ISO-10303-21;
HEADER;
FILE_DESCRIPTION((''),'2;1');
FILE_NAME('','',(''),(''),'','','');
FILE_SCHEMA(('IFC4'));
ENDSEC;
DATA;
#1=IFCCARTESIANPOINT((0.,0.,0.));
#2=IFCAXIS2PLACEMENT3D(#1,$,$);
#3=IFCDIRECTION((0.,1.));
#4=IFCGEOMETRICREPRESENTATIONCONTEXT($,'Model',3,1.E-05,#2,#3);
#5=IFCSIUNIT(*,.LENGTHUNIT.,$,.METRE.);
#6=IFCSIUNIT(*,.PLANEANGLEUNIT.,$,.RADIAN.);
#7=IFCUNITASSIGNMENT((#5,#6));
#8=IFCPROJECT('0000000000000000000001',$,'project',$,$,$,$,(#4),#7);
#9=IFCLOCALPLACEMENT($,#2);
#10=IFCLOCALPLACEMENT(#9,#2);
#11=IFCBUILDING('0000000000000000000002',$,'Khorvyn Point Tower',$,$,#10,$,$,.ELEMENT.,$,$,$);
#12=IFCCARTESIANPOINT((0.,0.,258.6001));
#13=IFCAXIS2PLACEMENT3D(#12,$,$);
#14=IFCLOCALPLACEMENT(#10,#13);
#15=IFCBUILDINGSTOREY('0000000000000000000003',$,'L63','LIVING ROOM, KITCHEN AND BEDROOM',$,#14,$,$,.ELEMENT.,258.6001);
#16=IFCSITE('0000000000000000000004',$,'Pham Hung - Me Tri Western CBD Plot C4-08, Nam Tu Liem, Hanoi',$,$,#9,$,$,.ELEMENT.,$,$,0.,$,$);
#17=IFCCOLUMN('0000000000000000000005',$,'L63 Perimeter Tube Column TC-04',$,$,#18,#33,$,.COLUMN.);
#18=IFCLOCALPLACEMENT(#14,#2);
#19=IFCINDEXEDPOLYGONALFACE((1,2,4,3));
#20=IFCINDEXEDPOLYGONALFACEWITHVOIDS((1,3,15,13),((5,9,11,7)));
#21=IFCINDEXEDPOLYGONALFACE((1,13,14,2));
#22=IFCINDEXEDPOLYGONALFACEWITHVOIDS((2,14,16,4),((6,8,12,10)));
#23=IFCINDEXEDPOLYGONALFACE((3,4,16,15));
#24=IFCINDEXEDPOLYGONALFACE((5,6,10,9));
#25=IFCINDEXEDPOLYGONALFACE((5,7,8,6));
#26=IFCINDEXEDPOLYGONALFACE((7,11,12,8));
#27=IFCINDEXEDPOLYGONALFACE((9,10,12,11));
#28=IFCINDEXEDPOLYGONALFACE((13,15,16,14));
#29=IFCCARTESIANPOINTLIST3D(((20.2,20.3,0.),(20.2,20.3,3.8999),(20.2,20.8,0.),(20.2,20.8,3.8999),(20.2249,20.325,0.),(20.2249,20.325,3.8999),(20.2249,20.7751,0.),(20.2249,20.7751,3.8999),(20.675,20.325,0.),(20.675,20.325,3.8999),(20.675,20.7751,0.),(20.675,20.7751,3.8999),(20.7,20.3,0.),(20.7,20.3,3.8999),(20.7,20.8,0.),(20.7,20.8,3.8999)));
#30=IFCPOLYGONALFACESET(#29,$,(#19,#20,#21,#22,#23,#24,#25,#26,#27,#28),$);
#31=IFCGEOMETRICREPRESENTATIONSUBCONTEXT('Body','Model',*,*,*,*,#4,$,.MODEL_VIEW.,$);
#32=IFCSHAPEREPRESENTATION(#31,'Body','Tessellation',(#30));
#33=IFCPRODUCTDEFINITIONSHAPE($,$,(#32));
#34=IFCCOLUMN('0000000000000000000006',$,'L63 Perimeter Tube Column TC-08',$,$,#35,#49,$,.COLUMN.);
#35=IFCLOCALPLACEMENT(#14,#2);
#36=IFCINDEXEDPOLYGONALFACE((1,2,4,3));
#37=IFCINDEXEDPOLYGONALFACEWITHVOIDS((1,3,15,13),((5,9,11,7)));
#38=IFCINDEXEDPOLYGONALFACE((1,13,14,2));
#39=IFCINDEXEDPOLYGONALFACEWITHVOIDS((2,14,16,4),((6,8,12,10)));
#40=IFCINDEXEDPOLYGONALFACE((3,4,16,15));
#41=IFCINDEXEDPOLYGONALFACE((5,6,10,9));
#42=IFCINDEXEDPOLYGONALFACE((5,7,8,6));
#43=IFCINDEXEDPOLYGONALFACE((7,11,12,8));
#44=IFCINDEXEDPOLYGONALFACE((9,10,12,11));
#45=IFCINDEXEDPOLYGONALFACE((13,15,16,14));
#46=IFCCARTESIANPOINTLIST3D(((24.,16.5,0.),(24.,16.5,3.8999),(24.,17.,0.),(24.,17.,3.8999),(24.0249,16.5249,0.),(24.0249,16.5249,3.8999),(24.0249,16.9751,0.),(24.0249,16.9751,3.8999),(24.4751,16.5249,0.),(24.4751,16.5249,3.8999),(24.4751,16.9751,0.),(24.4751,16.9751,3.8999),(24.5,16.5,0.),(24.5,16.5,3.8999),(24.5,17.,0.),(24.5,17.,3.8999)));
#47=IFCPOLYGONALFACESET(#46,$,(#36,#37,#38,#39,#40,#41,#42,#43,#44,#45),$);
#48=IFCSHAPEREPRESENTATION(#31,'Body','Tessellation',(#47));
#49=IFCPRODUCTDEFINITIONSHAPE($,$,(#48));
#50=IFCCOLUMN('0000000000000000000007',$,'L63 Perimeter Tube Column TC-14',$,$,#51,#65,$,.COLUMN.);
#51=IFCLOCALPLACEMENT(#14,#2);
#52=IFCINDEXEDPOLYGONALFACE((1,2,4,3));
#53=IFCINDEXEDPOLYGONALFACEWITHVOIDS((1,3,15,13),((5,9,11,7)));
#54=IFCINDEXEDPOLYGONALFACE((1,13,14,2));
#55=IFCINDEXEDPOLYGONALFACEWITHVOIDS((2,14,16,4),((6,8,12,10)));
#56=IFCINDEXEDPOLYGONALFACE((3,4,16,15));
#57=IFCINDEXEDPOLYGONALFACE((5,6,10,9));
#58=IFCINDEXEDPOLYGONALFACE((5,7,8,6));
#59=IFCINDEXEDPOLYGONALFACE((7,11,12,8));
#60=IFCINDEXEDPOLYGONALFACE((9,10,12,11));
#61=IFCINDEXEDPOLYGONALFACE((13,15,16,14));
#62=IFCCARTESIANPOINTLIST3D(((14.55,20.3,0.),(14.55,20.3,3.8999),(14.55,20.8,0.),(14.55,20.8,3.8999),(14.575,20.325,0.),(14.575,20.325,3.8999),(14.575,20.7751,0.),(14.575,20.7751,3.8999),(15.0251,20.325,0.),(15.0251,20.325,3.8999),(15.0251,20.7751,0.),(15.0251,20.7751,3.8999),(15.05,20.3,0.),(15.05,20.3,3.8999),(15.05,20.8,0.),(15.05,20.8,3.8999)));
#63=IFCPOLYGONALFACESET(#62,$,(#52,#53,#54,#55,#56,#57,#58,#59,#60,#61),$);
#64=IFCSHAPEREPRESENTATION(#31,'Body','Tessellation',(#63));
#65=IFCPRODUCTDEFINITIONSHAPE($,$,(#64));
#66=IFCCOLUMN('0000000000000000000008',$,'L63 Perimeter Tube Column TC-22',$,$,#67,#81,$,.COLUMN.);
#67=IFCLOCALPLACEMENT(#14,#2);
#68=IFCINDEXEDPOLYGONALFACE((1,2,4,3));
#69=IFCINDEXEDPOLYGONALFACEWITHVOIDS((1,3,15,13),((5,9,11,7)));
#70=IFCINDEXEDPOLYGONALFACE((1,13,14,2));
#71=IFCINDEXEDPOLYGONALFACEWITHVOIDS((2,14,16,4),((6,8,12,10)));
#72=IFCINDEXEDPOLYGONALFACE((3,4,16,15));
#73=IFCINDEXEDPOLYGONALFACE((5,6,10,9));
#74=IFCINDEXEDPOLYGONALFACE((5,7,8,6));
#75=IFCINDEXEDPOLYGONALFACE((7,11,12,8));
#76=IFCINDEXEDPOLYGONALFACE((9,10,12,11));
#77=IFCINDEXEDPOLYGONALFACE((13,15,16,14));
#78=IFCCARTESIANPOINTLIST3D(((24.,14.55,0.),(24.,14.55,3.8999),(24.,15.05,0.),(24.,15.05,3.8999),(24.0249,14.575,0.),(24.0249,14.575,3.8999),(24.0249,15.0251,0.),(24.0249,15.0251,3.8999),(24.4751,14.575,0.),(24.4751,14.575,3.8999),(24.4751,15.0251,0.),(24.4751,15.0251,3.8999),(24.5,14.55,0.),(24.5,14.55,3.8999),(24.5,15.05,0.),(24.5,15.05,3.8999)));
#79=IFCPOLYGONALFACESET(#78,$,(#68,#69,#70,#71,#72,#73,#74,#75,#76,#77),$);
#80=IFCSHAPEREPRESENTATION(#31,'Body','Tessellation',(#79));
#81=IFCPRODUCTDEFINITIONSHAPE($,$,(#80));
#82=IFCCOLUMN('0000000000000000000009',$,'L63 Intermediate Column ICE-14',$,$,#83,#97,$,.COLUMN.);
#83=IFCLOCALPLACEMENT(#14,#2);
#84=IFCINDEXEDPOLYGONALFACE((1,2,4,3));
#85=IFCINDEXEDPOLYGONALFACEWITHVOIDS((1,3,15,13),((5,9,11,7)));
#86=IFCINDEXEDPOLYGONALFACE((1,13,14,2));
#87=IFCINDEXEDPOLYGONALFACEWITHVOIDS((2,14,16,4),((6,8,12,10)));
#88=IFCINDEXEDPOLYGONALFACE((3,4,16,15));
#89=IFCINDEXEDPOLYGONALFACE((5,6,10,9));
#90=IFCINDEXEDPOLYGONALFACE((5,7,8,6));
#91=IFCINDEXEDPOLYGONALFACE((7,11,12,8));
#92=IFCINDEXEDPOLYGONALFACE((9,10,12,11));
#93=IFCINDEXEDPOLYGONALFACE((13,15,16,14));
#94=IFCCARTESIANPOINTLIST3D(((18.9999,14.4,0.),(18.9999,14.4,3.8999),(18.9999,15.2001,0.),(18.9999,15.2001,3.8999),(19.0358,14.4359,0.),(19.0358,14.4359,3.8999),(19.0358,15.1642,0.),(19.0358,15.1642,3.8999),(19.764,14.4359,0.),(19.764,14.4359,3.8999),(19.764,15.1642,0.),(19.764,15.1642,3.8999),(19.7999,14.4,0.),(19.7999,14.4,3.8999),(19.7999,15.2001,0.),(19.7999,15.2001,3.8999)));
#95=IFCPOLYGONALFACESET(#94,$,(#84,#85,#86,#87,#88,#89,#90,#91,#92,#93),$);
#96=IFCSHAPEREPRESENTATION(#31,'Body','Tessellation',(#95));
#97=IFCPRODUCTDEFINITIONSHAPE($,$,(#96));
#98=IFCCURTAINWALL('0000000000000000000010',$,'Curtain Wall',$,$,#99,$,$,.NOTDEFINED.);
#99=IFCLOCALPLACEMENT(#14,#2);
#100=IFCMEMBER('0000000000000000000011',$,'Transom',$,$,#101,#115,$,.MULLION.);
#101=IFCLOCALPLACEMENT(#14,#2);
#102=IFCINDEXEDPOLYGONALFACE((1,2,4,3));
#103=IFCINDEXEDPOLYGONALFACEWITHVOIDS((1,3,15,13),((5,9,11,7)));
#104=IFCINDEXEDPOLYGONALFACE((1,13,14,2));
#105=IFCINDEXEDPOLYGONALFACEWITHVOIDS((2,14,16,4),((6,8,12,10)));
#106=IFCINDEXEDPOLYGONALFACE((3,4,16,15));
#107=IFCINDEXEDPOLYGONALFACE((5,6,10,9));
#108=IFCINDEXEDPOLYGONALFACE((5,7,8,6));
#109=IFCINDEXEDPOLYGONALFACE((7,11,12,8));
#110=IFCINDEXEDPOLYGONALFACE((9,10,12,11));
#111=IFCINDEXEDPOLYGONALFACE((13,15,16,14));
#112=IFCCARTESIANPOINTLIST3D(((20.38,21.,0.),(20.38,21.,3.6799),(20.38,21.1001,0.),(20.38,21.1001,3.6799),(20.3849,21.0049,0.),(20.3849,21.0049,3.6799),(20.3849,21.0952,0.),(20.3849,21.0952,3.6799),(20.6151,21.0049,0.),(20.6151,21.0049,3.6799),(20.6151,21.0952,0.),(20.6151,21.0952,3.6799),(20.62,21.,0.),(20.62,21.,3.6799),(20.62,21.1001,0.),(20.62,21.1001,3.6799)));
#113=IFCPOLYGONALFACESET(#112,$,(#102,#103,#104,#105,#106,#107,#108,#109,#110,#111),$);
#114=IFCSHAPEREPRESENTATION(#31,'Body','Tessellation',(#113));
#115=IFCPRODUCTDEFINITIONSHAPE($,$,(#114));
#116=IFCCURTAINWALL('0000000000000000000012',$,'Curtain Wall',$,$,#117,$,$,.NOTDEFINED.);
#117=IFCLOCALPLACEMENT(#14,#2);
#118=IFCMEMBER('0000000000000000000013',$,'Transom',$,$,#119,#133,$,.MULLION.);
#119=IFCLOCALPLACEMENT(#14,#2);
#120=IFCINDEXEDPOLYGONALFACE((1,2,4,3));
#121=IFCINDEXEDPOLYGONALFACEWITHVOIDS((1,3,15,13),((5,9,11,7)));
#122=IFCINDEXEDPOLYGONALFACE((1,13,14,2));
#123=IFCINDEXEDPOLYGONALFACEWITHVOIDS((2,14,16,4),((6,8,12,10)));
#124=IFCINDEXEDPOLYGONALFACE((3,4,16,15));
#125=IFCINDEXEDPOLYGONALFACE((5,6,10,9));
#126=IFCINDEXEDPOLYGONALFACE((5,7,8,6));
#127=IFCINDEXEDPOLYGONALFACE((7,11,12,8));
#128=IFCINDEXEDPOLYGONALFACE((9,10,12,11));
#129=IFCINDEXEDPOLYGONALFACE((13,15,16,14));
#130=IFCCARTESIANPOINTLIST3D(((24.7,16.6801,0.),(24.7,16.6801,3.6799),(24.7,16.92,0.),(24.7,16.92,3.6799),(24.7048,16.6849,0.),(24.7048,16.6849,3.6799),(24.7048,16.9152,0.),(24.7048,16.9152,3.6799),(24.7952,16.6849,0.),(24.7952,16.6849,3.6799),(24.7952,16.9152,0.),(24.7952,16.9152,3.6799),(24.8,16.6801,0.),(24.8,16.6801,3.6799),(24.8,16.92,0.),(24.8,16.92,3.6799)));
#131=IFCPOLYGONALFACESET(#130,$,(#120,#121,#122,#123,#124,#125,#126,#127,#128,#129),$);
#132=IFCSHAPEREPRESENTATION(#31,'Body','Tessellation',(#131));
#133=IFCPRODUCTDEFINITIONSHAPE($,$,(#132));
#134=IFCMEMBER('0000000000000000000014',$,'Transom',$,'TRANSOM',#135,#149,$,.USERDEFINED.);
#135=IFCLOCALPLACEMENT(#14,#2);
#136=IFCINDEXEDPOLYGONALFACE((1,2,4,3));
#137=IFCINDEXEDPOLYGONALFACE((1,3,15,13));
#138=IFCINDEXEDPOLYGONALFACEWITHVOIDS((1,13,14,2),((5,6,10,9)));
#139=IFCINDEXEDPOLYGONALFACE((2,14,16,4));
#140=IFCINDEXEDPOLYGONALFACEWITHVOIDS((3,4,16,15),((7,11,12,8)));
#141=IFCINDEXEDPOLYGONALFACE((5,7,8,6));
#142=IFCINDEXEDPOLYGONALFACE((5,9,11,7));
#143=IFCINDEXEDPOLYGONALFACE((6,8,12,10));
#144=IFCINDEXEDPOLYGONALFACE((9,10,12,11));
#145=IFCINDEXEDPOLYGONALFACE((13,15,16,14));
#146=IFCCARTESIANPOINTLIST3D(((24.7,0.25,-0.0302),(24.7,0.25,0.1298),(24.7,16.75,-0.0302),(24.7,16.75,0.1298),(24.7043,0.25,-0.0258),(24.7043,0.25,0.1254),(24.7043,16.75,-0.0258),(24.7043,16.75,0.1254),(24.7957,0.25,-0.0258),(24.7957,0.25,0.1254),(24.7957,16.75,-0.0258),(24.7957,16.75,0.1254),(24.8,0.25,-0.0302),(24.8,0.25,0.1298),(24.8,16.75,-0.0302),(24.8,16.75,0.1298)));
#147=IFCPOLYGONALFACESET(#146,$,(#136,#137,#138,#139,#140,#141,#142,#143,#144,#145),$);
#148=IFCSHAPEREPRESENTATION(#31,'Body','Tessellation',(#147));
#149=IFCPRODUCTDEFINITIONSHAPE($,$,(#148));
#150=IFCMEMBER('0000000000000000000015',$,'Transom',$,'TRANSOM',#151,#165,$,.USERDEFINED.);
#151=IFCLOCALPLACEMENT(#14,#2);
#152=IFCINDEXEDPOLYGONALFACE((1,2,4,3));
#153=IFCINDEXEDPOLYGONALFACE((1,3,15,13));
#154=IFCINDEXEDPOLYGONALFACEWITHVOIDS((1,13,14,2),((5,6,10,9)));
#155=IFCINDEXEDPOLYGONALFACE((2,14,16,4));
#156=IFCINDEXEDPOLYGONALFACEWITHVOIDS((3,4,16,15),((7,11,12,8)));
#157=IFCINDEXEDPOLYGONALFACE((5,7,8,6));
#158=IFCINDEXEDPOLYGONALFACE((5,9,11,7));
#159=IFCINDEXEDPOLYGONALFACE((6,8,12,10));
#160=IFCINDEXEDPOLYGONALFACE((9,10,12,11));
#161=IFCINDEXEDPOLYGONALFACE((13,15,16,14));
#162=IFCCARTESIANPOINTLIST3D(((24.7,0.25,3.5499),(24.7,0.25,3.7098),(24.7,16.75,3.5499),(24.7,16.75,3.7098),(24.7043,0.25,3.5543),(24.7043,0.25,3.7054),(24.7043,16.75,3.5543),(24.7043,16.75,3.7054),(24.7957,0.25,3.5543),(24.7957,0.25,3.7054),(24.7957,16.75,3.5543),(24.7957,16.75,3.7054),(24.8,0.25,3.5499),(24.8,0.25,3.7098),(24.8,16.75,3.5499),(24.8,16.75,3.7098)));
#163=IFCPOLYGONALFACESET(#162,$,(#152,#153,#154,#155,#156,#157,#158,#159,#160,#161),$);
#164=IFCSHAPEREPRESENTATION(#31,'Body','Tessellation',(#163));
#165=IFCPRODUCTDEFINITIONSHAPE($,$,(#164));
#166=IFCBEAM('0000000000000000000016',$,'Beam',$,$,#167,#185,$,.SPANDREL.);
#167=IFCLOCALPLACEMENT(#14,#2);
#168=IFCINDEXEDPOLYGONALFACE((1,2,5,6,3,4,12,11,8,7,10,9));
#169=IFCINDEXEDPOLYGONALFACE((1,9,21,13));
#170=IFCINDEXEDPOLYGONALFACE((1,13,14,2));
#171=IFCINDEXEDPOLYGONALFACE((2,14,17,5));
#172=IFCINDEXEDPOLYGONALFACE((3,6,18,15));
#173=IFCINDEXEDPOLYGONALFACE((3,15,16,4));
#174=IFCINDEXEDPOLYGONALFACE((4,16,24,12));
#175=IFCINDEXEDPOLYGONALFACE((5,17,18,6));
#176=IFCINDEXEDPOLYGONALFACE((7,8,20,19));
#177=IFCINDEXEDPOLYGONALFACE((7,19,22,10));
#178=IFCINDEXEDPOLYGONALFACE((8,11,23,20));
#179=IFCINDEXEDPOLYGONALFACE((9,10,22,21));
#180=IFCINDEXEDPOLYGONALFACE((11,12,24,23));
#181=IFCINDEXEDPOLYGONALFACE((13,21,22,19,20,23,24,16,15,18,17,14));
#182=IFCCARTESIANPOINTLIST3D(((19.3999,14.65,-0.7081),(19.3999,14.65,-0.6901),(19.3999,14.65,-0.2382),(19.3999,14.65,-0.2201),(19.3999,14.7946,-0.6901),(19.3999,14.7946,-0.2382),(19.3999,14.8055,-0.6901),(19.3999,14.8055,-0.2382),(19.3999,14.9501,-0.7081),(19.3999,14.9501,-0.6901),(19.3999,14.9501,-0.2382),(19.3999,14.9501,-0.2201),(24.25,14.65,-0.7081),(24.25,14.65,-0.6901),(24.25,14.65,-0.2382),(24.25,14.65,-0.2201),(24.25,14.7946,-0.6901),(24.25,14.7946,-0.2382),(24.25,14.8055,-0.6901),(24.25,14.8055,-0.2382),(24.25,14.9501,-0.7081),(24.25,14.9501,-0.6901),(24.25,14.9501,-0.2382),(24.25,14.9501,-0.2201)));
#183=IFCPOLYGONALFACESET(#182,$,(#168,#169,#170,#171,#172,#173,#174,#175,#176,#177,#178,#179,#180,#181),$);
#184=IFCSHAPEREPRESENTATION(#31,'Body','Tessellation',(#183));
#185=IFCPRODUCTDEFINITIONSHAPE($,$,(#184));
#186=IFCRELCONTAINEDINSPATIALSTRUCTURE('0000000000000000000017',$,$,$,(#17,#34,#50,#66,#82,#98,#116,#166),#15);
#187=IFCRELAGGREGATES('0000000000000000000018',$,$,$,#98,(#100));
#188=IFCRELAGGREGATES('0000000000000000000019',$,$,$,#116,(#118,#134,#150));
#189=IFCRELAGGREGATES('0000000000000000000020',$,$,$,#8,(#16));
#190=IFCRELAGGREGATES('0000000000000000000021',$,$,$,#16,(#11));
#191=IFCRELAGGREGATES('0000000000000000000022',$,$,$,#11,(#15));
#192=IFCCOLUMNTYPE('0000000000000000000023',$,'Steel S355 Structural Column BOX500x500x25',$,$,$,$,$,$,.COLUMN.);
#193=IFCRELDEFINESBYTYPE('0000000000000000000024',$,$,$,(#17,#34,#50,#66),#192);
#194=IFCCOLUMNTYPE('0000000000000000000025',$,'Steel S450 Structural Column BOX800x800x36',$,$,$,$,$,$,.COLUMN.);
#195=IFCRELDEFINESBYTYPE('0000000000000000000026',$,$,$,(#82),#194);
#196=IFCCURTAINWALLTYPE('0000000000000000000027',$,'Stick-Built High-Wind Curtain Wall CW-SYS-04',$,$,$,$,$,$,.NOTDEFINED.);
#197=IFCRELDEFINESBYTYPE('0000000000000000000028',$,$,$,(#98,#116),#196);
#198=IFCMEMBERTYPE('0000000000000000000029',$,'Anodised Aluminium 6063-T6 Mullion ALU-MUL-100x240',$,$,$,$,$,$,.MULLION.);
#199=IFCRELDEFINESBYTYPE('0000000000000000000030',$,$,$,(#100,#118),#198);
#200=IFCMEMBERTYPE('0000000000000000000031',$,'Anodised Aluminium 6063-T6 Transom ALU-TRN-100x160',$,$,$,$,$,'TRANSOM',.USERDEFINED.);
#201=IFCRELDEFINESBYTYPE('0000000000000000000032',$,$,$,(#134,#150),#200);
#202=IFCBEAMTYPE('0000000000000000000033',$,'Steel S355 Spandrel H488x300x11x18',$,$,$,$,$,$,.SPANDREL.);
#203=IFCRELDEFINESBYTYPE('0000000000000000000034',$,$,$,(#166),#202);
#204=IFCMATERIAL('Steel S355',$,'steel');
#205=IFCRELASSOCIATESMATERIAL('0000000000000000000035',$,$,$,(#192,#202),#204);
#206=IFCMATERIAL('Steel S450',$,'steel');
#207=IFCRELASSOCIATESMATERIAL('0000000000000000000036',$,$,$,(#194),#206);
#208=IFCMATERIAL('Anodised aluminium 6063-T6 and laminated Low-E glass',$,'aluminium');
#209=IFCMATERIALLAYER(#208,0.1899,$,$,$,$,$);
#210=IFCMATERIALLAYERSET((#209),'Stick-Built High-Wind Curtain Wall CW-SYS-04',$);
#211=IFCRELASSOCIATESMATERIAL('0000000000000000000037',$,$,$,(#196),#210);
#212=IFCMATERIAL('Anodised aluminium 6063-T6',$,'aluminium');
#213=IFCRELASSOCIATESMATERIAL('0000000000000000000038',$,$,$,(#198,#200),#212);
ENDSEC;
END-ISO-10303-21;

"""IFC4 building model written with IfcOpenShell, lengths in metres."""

from ifc_helpers import new_model, si_unit, direction, frame, origin, origin_2d, place, context, subcontext, project, spatial, hollow_rectangle, i_section, extrude, material, layer, layer_set, material_profile, profile_set, type_object, element, aggregate, save


model = new_model("IFC4")

# Units and contexts
model_context = context("Model", 3, precision=1e-05, world=origin(), true_north=direction((0.0, 1.0)))
body_context = subcontext(model_context, "Body", "Model", "MODEL_VIEW")
ifc_project = project(units=[si_unit("LENGTHUNIT", "METRE"), si_unit("PLANEANGLEUNIT", "RADIAN")], contexts=[model_context])

# Site, building, storey
site_placement = place(None, origin())
site = spatial("IfcSite", under=ifc_project, at=site_placement, Name="Pham Hung - Me Tri Western CBD Plot C4-08, Nam Tu Liem, Hanoi", CompositionType="ELEMENT", RefElevation=0.0)
building_placement = place(site_placement, origin())
building = spatial("IfcBuilding", under=site, at=building_placement, Name="Khorvyn Point Tower", CompositionType="ELEMENT")
storey_placement = place(building_placement, frame((0.0, 0.0, 258.6001)))
storey = spatial("IfcBuildingStorey", under=building, at=storey_placement, Name="L63", Description="LIVING ROOM, KITCHEN AND BEDROOM", CompositionType="ELEMENT", Elevation=258.6001)

# Columns
ifc_material_1 = material(Name="Steel S355", Category="steel")
ifc_material_profile_1 = material_profile(ifc_material_1, hollow_rectangle(XDim=0.5, YDim=0.5, WallThickness=0.0249, at=origin_2d()))
ifc_profile_set_1 = profile_set([ifc_material_profile_1], Name="Steel S355 BOX500x500x25")
column_type_1 = type_object("IfcColumnType", Name="Steel S355 Structural Column BOX500x500x25", PredefinedType="COLUMN", material=ifc_profile_set_1)
for number, where, z_axis, x_axis, name in (
    (1, (20.45, 20.55, 0.0), (0.0, 0.0, 1.0), (1.0, 0.0, 0.0), "L63 Perimeter Tube Column TC-04"),
    (2, (24.25, 16.75, 0.0), (0.0, 0.0, 1.0), (1.0, 0.0, 0.0), "L63 Perimeter Tube Column TC-08"),
    (3, (14.8, 20.55, 0.0), (0.0, 0.0, 1.0), (1.0, 0.0, 0.0), "L63 Perimeter Tube Column TC-14"),
    (4, (24.25, 14.8, 0.0), (0.0, 0.0, 1.0), (1.0, 0.0, 0.0), "L63 Perimeter Tube Column TC-22"),
):
    element("IfcColumn", number, at=place(storey_placement, frame(where, z_axis=z_axis, x_axis=x_axis)), inside=storey, type_object=column_type_1, Name=name, PredefinedType="COLUMN", context=body_context, shape_type="SweptSolid", body=[
        extrude(hollow_rectangle(XDim=0.5, YDim=0.5, WallThickness=0.0249, at=origin_2d()), origin(), (0.0, 0.0, 1.0), 3.8999),
    ])
ifc_material_2 = material(Name="Steel S450", Category="steel")
ifc_material_profile_2 = material_profile(ifc_material_2, hollow_rectangle(XDim=0.8, YDim=0.8, WallThickness=0.0359, at=origin_2d()))
ifc_profile_set_2 = profile_set([ifc_material_profile_2], Name="Steel S450 BOX800x800x36")
column_type_2 = type_object("IfcColumnType", Name="Steel S450 Structural Column BOX800x800x36", PredefinedType="COLUMN", material=ifc_profile_set_2)
column_placement = place(storey_placement, frame((19.3999, 14.8, 0.0), z_axis=(0.0, 0.0, 1.0), x_axis=(1.0, 0.0, 0.0)))
element("IfcColumn", 5, at=column_placement, inside=storey, type_object=column_type_2, Name="L63 Intermediate Column ICE-14", PredefinedType="COLUMN", context=body_context, shape_type="SweptSolid", body=[
    extrude(hollow_rectangle(XDim=0.8, YDim=0.8, WallThickness=0.0359, at=origin_2d()), origin(), (0.0, 0.0, 1.0), 3.8999),
])

# Curtain wall, member
ifc_material_3 = material(Name="Anodised aluminium 6063-T6 and laminated Low-E glass", Category="aluminium")
ifc_layer_1 = layer(ifc_material_3, 0.1899)
ifc_layer_set_1 = layer_set([ifc_layer_1], Name="Stick-Built High-Wind Curtain Wall CW-SYS-04")
curtain_wall_type = type_object("IfcCurtainWallType", Name="Stick-Built High-Wind Curtain Wall CW-SYS-04", PredefinedType="NOTDEFINED", material=ifc_layer_set_1)
curtain_wall_1_placement = place(storey_placement, origin())
curtain_wall_1 = element("IfcCurtainWall", 6, at=curtain_wall_1_placement, inside=storey, type_object=curtain_wall_type, Name="Curtain Wall", PredefinedType="NOTDEFINED")
ifc_material_4 = material(Name="Anodised aluminium 6063-T6", Category="aluminium")
ifc_material_profile_3 = material_profile(ifc_material_4, hollow_rectangle(XDim=0.1001, YDim=0.24, WallThickness=0.0049, at=origin_2d()))
ifc_profile_set_3 = profile_set([ifc_material_profile_3], Name="Anodised aluminium 6063-T6 ALU-MUL-100x240")
member_type_1 = type_object("IfcMemberType", Name="Anodised Aluminium 6063-T6 Mullion ALU-MUL-100x240", PredefinedType="MULLION", material=ifc_profile_set_3)
member_1_placement = place(storey_placement, frame((20.5, 21.05, 0.0), z_axis=(0.0, 0.0, 1.0), x_axis=(0.0, 1.0, 0.0)))
member_1 = element("IfcMember", 7, at=member_1_placement, type_object=member_type_1, Name="Transom", PredefinedType="MULLION", context=body_context, shape_type="SweptSolid", body=[
    extrude(hollow_rectangle(XDim=0.1001, YDim=0.24, WallThickness=0.0049, at=origin_2d()), origin(), (0.0, 0.0, 1.0), 3.6799),
])

# Curtain wall, members
curtain_wall_2_placement = place(storey_placement, origin())
curtain_wall_2 = element("IfcCurtainWall", 8, at=curtain_wall_2_placement, inside=storey, type_object=curtain_wall_type, Name="Curtain Wall", PredefinedType="NOTDEFINED")
member_2_placement = place(storey_placement, frame((24.75, 16.8, 0.0), z_axis=(0.0, 0.0, 1.0), x_axis=(1.0, 0.0, 0.0)))
member_2 = element("IfcMember", 9, at=member_2_placement, type_object=member_type_1, Name="Transom", PredefinedType="MULLION", context=body_context, shape_type="SweptSolid", body=[
    extrude(hollow_rectangle(XDim=0.1001, YDim=0.24, WallThickness=0.0049, at=origin_2d()), origin(), (0.0, 0.0, 1.0), 3.6799),
])
ifc_material_profile_4 = material_profile(ifc_material_4, hollow_rectangle(XDim=0.1001, YDim=0.1599, WallThickness=0.0044, at=origin_2d()))
ifc_profile_set_4 = profile_set([ifc_material_profile_4], Name="Anodised aluminium 6063-T6 ALU-TRN-100x160")
member_type_2 = type_object("IfcMemberType", Name="Anodised Aluminium 6063-T6 Transom ALU-TRN-100x160", ElementType="TRANSOM", PredefinedType="USERDEFINED", material=ifc_profile_set_4)
member_3_placement = place(storey_placement, frame((24.75, 16.75, 0.0498), z_axis=(0.0, -1.0, 0.0), x_axis=(1.0, 0.0, 0.0)))
member_3 = element("IfcMember", 10, at=member_3_placement, type_object=member_type_2, Name="Transom", ObjectType="TRANSOM", PredefinedType="USERDEFINED", context=body_context, shape_type="SweptSolid", body=[
    extrude(hollow_rectangle(XDim=0.1001, YDim=0.1599, WallThickness=0.0044, at=origin_2d()), origin(), (0.0, 0.0, 1.0), 16.5),
])
member_4_placement = place(storey_placement, frame((24.75, 16.75, 3.6299), z_axis=(0.0, -1.0, 0.0), x_axis=(1.0, 0.0, 0.0)))
member_4 = element("IfcMember", 11, at=member_4_placement, type_object=member_type_2, Name="Transom", ObjectType="TRANSOM", PredefinedType="USERDEFINED", context=body_context, shape_type="SweptSolid", body=[
    extrude(hollow_rectangle(XDim=0.1001, YDim=0.1599, WallThickness=0.0044, at=origin_2d()), origin(), (0.0, 0.0, 1.0), 16.5),
])

# Beam
ifc_material_profile_5 = material_profile(ifc_material_1, i_section(OverallWidth=0.3, OverallDepth=0.488, WebThickness=0.011, FlangeThickness=0.0181, at=origin_2d()))
ifc_profile_set_5 = profile_set([ifc_material_profile_5], Name="Steel S355 H488x300x11x18")
beam_type_1 = type_object("IfcBeamType", Name="Steel S355 Spandrel H488x300x11x18", PredefinedType="SPANDREL", material=ifc_profile_set_5)
beam_1_placement = place(storey_placement, frame((19.3999, 14.8, -0.4641), z_axis=(1.0, 0.0, 0.0), x_axis=(0.0, 1.0, 0.0)))
element("IfcBeam", 12, at=beam_1_placement, inside=storey, type_object=beam_type_1, Name="Beam", PredefinedType="SPANDREL", context=body_context, shape_type="SweptSolid", body=[
    extrude(i_section(OverallWidth=0.3, OverallDepth=0.488, WebThickness=0.011, FlangeThickness=0.0181, at=origin_2d()), origin(), (0.0, 0.0, 1.0), 4.8501),
])

aggregate(curtain_wall_1, [member_1])
aggregate(curtain_wall_2, [member_2, member_3, member_4])

save(model, "model.ifc")
